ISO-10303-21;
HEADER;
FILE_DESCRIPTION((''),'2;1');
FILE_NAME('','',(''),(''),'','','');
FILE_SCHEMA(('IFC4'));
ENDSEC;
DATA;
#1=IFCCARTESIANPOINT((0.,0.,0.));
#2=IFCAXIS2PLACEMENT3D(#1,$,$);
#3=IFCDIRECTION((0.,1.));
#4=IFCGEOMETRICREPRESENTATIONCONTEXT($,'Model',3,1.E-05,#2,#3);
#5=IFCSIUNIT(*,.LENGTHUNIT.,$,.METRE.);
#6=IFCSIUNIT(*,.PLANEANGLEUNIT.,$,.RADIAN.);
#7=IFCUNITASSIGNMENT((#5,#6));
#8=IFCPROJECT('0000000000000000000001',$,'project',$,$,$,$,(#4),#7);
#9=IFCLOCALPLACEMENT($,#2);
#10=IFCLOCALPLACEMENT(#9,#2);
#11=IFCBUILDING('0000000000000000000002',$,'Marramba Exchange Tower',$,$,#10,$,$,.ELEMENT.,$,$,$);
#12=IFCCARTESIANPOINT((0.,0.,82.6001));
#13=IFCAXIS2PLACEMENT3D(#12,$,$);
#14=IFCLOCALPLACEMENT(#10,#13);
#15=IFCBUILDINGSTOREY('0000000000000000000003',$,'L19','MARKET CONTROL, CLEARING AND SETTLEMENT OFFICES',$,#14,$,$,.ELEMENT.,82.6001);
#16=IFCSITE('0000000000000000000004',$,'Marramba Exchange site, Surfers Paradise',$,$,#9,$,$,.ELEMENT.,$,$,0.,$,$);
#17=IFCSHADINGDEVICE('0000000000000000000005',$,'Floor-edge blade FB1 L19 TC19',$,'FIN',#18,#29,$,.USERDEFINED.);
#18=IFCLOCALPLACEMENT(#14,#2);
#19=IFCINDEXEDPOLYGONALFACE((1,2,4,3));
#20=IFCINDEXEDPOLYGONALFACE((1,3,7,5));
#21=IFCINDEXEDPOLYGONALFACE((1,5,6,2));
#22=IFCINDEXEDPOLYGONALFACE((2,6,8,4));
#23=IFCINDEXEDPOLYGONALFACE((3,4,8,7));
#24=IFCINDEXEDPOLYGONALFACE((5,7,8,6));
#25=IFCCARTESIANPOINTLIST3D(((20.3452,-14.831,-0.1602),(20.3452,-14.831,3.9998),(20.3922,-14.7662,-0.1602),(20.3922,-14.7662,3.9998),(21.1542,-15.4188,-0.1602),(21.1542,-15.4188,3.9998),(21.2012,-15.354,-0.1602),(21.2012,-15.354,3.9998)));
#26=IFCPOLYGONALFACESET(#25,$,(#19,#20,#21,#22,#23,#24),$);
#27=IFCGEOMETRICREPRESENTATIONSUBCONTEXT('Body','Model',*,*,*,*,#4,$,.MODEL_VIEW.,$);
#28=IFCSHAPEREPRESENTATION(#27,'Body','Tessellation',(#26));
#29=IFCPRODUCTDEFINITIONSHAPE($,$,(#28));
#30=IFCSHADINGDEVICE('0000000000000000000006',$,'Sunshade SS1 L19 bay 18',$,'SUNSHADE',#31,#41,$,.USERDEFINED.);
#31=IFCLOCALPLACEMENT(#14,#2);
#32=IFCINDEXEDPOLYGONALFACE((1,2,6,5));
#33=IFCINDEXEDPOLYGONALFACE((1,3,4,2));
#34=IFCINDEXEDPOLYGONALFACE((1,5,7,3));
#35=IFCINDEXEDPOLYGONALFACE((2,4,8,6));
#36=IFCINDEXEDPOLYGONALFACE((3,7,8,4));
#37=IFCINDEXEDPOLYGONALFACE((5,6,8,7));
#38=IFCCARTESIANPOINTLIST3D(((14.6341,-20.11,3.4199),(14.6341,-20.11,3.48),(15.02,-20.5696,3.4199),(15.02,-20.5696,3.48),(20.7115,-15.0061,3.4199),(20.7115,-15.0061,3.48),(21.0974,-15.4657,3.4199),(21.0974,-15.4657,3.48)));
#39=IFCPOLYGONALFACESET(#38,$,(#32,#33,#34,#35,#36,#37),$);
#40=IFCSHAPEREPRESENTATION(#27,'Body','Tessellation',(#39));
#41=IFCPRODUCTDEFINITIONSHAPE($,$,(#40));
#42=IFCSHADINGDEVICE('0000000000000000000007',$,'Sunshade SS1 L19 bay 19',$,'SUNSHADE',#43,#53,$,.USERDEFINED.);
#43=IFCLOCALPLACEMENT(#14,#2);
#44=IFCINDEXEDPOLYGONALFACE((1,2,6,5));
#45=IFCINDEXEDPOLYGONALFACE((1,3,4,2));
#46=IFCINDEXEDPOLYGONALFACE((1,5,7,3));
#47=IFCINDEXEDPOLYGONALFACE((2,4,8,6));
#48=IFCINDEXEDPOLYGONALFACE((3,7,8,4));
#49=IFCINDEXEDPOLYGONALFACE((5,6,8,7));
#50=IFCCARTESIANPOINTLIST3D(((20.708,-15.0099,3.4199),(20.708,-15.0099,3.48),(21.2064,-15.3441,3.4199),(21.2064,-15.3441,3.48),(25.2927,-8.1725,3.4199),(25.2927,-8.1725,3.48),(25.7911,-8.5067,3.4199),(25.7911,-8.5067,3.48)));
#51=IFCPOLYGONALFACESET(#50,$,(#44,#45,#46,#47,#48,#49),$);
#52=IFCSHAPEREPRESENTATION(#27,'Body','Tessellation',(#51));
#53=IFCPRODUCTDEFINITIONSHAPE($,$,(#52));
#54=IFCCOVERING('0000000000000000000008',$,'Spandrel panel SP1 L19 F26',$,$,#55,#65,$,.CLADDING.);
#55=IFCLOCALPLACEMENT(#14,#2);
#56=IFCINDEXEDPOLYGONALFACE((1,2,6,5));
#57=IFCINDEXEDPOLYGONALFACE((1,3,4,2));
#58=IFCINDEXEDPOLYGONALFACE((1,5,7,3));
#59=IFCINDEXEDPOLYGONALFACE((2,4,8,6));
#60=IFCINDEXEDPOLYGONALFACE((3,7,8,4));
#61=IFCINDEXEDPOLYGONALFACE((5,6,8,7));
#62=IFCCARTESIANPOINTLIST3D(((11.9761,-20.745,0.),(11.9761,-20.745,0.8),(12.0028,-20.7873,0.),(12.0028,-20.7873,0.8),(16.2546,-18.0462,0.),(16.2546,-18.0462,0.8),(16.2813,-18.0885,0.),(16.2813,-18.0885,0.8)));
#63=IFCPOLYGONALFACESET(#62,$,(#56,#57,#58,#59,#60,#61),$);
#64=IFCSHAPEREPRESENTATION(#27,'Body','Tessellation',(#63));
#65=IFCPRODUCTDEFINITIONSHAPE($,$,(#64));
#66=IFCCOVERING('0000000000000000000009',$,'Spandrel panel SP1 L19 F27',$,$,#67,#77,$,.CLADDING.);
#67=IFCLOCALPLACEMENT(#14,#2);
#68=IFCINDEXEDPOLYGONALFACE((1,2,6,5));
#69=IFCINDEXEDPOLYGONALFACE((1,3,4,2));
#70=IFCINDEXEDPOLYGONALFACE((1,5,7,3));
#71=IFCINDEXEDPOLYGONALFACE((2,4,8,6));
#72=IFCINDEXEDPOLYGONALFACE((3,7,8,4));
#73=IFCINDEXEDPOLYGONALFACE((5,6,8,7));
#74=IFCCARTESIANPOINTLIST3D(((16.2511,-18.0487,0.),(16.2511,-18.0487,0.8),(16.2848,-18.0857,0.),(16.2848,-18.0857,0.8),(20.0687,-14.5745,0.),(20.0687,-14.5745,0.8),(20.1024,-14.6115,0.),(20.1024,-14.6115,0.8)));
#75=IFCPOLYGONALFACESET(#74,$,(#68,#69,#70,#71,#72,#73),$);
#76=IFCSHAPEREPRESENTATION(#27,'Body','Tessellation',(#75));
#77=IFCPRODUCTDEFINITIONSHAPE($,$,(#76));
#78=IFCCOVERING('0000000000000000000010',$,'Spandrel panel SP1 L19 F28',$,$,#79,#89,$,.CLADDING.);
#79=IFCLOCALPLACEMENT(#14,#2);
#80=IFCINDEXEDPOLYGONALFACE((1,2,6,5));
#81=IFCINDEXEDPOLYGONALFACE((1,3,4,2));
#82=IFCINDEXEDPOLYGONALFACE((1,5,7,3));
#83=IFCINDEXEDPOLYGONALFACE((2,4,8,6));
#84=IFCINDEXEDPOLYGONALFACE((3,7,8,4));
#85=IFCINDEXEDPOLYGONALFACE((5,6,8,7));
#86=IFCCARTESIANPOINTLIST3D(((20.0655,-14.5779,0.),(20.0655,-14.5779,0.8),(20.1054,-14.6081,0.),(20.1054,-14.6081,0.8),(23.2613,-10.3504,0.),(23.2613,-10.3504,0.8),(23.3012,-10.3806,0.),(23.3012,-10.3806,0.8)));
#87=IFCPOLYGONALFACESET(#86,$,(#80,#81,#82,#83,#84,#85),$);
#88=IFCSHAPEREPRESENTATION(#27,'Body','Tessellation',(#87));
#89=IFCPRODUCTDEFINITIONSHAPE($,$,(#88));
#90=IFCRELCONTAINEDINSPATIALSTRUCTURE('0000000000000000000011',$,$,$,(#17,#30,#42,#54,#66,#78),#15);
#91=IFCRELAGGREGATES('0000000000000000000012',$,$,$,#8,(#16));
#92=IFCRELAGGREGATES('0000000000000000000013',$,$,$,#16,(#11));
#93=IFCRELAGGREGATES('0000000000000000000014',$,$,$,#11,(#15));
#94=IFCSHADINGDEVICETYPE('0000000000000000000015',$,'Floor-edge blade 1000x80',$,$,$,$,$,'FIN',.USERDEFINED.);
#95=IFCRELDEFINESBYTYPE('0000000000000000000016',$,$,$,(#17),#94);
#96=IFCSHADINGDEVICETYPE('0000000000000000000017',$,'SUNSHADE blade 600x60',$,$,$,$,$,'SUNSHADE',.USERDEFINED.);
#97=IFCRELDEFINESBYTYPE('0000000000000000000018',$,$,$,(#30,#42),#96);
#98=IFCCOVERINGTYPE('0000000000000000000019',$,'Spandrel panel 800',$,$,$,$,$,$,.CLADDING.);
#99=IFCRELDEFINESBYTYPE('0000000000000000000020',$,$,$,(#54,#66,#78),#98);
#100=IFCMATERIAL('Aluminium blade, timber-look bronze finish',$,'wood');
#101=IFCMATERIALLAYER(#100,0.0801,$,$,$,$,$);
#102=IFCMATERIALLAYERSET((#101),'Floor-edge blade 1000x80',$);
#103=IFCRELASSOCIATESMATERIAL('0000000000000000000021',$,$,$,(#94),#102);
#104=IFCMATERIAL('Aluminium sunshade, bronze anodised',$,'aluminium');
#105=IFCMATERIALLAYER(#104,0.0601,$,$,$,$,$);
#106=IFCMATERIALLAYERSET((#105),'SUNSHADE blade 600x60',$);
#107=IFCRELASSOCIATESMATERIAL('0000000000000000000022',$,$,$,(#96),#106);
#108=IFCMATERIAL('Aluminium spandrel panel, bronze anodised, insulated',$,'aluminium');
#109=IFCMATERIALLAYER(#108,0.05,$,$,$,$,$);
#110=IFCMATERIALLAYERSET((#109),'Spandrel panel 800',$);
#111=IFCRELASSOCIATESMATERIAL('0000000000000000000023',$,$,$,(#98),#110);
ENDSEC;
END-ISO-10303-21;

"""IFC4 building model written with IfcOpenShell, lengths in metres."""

from ifc_helpers import new_model, si_unit, direction, frame, origin, origin_2d, place, context, subcontext, project, spatial, rectangle, extrude, material, layer, layer_set, type_object, element, save


model = new_model("IFC4")

# Units and contexts
model_context = context("Model", 3, precision=1e-05, world=origin(), true_north=direction((0.0, 1.0)))
body_context = subcontext(model_context, "Body", "Model", "MODEL_VIEW")
ifc_project = project(units=[si_unit("LENGTHUNIT", "METRE"), si_unit("PLANEANGLEUNIT", "RADIAN")], contexts=[model_context])

# Site, building, storey
site_placement = place(None, origin())
site = spatial("IfcSite", under=ifc_project, at=site_placement, Name="Marramba Exchange site, Surfers Paradise", CompositionType="ELEMENT", RefElevation=0.0)
building_placement = place(site_placement, origin())
building = spatial("IfcBuilding", under=site, at=building_placement, Name="Marramba Exchange Tower", CompositionType="ELEMENT")
storey_placement = place(building_placement, frame((0.0, 0.0, 82.6001)))
storey = spatial("IfcBuildingStorey", under=building, at=storey_placement, Name="L19", Description="MARKET CONTROL, CLEARING AND SETTLEMENT OFFICES", CompositionType="ELEMENT", Elevation=82.6001)

# Shading devices
ifc_material_1 = material(Name="Aluminium blade, timber-look bronze finish", Category="wood")
ifc_layer_1 = layer(ifc_material_1, 0.0801)
ifc_layer_set_1 = layer_set([ifc_layer_1], Name="Floor-edge blade 1000x80")
shading_device_type_1 = type_object("IfcShadingDeviceType", Name="Floor-edge blade 1000x80", ElementType="FIN", PredefinedType="USERDEFINED", material=ifc_layer_set_1)
for number, where, z_axis, x_axis, name in (
    (1, (20.7732, -15.0925, -0.1602), (0.0, 0.0, 1.0), (0.809017, -0.587785, 0.0), "Floor-edge blade FB1 L19 TC19"),
):
    element("IfcShadingDevice", number, at=place(storey_placement, frame(where, z_axis=z_axis, x_axis=x_axis)), inside=storey, type_object=shading_device_type_1, Name=name, ObjectType="FIN", PredefinedType="USERDEFINED", context=body_context, shape_type="SweptSolid", body=[
        extrude(rectangle(XDim=1.0, YDim=0.0801, at=origin_2d()), origin(), (0.0, 0.0, 1.0), 4.1599),
    ])
ifc_material_2 = material(Name="Aluminium sunshade, bronze anodised", Category="aluminium")
ifc_layer_2 = layer(ifc_material_2, 0.0601)
ifc_layer_set_2 = layer_set([ifc_layer_2], Name="SUNSHADE blade 600x60")
shading_device_type_2 = type_object("IfcShadingDeviceType", Name="SUNSHADE blade 600x60", ElementType="SUNSHADE", PredefinedType="USERDEFINED", material=ifc_layer_set_2)
shading_device_1_placement = place(storey_placement, frame((17.8657, -17.7878, 3.4199), z_axis=(0.0, 0.0, 1.0), x_axis=(0.765776, 0.643107, 0.0)))
element("IfcShadingDevice", 2, at=shading_device_1_placement, inside=storey, type_object=shading_device_type_2, Name="Sunshade SS1 L19 bay 18", ObjectType="SUNSHADE", PredefinedType="USERDEFINED", context=body_context, shape_type="SweptSolid", body=[
    extrude(rectangle(XDim=7.9363, YDim=0.6001, at=origin_2d()), origin(), (0.0, 0.0, 1.0), 0.0601),
])
shading_device_2_placement = place(storey_placement, frame((23.2495, -11.7583, 3.4199), z_axis=(0.0, 0.0, 1.0), x_axis=(0.556924, 0.830563, 0.0)))
element("IfcShadingDevice", 3, at=shading_device_2_placement, inside=storey, type_object=shading_device_type_2, Name="Sunshade SS1 L19 bay 19", ObjectType="SUNSHADE", PredefinedType="USERDEFINED", context=body_context, shape_type="SweptSolid", body=[
    extrude(rectangle(XDim=8.2322, YDim=0.6001, at=origin_2d()), origin(), (0.0, 0.0, 1.0), 0.0601),
])

# Coverings
ifc_material_3 = material(Name="Aluminium spandrel panel, bronze anodised, insulated", Category="aluminium")
ifc_layer_3 = layer(ifc_material_3, 0.05)
ifc_layer_set_3 = layer_set([ifc_layer_3], Name="Spandrel panel 800")
covering_type = type_object("IfcCoveringType", Name="Spandrel panel 800", PredefinedType="CLADDING", material=ifc_layer_set_3)
covering_1_placement = place(storey_placement, frame((14.1287, -19.4167, 0.0), z_axis=(0.0, 0.0, 1.0), x_axis=(0.845791, 0.533515, 0.0)))
element("IfcCovering", 4, at=covering_1_placement, inside=storey, type_object=covering_type, Name="Spandrel panel SP1 L19 F26", PredefinedType="CLADDING", context=body_context, shape_type="SweptSolid", body=[
    extrude(rectangle(XDim=5.0586, YDim=0.05, at=origin_2d()), origin(), (0.0, 0.0, 1.0), 0.8),
])
covering_2_placement = place(storey_placement, frame((18.1768, -16.3301, 0.0), z_axis=(0.0, 0.0, 1.0), x_axis=(0.73959, 0.673058, 0.0)))
element("IfcCovering", 5, at=covering_2_placement, inside=storey, type_object=covering_type, Name="Spandrel panel SP1 L19 F27", PredefinedType="CLADDING", context=body_context, shape_type="SweptSolid", body=[
    extrude(rectangle(XDim=5.1619, YDim=0.05, at=origin_2d()), origin(), (0.0, 0.0, 1.0), 0.8),
])
covering_3_placement = place(storey_placement, frame((21.6833, -12.4792, 0.0), z_axis=(0.0, 0.0, 1.0), x_axis=(0.60304, 0.797711, 0.0)))
element("IfcCovering", 6, at=covering_3_placement, inside=storey, type_object=covering_type, Name="Spandrel panel SP1 L19 F28", PredefinedType="CLADDING", context=body_context, shape_type="SweptSolid", body=[
    extrude(rectangle(XDim=5.2996, YDim=0.05, at=origin_2d()), origin(), (0.0, 0.0, 1.0), 0.8),
])

save(model, "model.ifc")
